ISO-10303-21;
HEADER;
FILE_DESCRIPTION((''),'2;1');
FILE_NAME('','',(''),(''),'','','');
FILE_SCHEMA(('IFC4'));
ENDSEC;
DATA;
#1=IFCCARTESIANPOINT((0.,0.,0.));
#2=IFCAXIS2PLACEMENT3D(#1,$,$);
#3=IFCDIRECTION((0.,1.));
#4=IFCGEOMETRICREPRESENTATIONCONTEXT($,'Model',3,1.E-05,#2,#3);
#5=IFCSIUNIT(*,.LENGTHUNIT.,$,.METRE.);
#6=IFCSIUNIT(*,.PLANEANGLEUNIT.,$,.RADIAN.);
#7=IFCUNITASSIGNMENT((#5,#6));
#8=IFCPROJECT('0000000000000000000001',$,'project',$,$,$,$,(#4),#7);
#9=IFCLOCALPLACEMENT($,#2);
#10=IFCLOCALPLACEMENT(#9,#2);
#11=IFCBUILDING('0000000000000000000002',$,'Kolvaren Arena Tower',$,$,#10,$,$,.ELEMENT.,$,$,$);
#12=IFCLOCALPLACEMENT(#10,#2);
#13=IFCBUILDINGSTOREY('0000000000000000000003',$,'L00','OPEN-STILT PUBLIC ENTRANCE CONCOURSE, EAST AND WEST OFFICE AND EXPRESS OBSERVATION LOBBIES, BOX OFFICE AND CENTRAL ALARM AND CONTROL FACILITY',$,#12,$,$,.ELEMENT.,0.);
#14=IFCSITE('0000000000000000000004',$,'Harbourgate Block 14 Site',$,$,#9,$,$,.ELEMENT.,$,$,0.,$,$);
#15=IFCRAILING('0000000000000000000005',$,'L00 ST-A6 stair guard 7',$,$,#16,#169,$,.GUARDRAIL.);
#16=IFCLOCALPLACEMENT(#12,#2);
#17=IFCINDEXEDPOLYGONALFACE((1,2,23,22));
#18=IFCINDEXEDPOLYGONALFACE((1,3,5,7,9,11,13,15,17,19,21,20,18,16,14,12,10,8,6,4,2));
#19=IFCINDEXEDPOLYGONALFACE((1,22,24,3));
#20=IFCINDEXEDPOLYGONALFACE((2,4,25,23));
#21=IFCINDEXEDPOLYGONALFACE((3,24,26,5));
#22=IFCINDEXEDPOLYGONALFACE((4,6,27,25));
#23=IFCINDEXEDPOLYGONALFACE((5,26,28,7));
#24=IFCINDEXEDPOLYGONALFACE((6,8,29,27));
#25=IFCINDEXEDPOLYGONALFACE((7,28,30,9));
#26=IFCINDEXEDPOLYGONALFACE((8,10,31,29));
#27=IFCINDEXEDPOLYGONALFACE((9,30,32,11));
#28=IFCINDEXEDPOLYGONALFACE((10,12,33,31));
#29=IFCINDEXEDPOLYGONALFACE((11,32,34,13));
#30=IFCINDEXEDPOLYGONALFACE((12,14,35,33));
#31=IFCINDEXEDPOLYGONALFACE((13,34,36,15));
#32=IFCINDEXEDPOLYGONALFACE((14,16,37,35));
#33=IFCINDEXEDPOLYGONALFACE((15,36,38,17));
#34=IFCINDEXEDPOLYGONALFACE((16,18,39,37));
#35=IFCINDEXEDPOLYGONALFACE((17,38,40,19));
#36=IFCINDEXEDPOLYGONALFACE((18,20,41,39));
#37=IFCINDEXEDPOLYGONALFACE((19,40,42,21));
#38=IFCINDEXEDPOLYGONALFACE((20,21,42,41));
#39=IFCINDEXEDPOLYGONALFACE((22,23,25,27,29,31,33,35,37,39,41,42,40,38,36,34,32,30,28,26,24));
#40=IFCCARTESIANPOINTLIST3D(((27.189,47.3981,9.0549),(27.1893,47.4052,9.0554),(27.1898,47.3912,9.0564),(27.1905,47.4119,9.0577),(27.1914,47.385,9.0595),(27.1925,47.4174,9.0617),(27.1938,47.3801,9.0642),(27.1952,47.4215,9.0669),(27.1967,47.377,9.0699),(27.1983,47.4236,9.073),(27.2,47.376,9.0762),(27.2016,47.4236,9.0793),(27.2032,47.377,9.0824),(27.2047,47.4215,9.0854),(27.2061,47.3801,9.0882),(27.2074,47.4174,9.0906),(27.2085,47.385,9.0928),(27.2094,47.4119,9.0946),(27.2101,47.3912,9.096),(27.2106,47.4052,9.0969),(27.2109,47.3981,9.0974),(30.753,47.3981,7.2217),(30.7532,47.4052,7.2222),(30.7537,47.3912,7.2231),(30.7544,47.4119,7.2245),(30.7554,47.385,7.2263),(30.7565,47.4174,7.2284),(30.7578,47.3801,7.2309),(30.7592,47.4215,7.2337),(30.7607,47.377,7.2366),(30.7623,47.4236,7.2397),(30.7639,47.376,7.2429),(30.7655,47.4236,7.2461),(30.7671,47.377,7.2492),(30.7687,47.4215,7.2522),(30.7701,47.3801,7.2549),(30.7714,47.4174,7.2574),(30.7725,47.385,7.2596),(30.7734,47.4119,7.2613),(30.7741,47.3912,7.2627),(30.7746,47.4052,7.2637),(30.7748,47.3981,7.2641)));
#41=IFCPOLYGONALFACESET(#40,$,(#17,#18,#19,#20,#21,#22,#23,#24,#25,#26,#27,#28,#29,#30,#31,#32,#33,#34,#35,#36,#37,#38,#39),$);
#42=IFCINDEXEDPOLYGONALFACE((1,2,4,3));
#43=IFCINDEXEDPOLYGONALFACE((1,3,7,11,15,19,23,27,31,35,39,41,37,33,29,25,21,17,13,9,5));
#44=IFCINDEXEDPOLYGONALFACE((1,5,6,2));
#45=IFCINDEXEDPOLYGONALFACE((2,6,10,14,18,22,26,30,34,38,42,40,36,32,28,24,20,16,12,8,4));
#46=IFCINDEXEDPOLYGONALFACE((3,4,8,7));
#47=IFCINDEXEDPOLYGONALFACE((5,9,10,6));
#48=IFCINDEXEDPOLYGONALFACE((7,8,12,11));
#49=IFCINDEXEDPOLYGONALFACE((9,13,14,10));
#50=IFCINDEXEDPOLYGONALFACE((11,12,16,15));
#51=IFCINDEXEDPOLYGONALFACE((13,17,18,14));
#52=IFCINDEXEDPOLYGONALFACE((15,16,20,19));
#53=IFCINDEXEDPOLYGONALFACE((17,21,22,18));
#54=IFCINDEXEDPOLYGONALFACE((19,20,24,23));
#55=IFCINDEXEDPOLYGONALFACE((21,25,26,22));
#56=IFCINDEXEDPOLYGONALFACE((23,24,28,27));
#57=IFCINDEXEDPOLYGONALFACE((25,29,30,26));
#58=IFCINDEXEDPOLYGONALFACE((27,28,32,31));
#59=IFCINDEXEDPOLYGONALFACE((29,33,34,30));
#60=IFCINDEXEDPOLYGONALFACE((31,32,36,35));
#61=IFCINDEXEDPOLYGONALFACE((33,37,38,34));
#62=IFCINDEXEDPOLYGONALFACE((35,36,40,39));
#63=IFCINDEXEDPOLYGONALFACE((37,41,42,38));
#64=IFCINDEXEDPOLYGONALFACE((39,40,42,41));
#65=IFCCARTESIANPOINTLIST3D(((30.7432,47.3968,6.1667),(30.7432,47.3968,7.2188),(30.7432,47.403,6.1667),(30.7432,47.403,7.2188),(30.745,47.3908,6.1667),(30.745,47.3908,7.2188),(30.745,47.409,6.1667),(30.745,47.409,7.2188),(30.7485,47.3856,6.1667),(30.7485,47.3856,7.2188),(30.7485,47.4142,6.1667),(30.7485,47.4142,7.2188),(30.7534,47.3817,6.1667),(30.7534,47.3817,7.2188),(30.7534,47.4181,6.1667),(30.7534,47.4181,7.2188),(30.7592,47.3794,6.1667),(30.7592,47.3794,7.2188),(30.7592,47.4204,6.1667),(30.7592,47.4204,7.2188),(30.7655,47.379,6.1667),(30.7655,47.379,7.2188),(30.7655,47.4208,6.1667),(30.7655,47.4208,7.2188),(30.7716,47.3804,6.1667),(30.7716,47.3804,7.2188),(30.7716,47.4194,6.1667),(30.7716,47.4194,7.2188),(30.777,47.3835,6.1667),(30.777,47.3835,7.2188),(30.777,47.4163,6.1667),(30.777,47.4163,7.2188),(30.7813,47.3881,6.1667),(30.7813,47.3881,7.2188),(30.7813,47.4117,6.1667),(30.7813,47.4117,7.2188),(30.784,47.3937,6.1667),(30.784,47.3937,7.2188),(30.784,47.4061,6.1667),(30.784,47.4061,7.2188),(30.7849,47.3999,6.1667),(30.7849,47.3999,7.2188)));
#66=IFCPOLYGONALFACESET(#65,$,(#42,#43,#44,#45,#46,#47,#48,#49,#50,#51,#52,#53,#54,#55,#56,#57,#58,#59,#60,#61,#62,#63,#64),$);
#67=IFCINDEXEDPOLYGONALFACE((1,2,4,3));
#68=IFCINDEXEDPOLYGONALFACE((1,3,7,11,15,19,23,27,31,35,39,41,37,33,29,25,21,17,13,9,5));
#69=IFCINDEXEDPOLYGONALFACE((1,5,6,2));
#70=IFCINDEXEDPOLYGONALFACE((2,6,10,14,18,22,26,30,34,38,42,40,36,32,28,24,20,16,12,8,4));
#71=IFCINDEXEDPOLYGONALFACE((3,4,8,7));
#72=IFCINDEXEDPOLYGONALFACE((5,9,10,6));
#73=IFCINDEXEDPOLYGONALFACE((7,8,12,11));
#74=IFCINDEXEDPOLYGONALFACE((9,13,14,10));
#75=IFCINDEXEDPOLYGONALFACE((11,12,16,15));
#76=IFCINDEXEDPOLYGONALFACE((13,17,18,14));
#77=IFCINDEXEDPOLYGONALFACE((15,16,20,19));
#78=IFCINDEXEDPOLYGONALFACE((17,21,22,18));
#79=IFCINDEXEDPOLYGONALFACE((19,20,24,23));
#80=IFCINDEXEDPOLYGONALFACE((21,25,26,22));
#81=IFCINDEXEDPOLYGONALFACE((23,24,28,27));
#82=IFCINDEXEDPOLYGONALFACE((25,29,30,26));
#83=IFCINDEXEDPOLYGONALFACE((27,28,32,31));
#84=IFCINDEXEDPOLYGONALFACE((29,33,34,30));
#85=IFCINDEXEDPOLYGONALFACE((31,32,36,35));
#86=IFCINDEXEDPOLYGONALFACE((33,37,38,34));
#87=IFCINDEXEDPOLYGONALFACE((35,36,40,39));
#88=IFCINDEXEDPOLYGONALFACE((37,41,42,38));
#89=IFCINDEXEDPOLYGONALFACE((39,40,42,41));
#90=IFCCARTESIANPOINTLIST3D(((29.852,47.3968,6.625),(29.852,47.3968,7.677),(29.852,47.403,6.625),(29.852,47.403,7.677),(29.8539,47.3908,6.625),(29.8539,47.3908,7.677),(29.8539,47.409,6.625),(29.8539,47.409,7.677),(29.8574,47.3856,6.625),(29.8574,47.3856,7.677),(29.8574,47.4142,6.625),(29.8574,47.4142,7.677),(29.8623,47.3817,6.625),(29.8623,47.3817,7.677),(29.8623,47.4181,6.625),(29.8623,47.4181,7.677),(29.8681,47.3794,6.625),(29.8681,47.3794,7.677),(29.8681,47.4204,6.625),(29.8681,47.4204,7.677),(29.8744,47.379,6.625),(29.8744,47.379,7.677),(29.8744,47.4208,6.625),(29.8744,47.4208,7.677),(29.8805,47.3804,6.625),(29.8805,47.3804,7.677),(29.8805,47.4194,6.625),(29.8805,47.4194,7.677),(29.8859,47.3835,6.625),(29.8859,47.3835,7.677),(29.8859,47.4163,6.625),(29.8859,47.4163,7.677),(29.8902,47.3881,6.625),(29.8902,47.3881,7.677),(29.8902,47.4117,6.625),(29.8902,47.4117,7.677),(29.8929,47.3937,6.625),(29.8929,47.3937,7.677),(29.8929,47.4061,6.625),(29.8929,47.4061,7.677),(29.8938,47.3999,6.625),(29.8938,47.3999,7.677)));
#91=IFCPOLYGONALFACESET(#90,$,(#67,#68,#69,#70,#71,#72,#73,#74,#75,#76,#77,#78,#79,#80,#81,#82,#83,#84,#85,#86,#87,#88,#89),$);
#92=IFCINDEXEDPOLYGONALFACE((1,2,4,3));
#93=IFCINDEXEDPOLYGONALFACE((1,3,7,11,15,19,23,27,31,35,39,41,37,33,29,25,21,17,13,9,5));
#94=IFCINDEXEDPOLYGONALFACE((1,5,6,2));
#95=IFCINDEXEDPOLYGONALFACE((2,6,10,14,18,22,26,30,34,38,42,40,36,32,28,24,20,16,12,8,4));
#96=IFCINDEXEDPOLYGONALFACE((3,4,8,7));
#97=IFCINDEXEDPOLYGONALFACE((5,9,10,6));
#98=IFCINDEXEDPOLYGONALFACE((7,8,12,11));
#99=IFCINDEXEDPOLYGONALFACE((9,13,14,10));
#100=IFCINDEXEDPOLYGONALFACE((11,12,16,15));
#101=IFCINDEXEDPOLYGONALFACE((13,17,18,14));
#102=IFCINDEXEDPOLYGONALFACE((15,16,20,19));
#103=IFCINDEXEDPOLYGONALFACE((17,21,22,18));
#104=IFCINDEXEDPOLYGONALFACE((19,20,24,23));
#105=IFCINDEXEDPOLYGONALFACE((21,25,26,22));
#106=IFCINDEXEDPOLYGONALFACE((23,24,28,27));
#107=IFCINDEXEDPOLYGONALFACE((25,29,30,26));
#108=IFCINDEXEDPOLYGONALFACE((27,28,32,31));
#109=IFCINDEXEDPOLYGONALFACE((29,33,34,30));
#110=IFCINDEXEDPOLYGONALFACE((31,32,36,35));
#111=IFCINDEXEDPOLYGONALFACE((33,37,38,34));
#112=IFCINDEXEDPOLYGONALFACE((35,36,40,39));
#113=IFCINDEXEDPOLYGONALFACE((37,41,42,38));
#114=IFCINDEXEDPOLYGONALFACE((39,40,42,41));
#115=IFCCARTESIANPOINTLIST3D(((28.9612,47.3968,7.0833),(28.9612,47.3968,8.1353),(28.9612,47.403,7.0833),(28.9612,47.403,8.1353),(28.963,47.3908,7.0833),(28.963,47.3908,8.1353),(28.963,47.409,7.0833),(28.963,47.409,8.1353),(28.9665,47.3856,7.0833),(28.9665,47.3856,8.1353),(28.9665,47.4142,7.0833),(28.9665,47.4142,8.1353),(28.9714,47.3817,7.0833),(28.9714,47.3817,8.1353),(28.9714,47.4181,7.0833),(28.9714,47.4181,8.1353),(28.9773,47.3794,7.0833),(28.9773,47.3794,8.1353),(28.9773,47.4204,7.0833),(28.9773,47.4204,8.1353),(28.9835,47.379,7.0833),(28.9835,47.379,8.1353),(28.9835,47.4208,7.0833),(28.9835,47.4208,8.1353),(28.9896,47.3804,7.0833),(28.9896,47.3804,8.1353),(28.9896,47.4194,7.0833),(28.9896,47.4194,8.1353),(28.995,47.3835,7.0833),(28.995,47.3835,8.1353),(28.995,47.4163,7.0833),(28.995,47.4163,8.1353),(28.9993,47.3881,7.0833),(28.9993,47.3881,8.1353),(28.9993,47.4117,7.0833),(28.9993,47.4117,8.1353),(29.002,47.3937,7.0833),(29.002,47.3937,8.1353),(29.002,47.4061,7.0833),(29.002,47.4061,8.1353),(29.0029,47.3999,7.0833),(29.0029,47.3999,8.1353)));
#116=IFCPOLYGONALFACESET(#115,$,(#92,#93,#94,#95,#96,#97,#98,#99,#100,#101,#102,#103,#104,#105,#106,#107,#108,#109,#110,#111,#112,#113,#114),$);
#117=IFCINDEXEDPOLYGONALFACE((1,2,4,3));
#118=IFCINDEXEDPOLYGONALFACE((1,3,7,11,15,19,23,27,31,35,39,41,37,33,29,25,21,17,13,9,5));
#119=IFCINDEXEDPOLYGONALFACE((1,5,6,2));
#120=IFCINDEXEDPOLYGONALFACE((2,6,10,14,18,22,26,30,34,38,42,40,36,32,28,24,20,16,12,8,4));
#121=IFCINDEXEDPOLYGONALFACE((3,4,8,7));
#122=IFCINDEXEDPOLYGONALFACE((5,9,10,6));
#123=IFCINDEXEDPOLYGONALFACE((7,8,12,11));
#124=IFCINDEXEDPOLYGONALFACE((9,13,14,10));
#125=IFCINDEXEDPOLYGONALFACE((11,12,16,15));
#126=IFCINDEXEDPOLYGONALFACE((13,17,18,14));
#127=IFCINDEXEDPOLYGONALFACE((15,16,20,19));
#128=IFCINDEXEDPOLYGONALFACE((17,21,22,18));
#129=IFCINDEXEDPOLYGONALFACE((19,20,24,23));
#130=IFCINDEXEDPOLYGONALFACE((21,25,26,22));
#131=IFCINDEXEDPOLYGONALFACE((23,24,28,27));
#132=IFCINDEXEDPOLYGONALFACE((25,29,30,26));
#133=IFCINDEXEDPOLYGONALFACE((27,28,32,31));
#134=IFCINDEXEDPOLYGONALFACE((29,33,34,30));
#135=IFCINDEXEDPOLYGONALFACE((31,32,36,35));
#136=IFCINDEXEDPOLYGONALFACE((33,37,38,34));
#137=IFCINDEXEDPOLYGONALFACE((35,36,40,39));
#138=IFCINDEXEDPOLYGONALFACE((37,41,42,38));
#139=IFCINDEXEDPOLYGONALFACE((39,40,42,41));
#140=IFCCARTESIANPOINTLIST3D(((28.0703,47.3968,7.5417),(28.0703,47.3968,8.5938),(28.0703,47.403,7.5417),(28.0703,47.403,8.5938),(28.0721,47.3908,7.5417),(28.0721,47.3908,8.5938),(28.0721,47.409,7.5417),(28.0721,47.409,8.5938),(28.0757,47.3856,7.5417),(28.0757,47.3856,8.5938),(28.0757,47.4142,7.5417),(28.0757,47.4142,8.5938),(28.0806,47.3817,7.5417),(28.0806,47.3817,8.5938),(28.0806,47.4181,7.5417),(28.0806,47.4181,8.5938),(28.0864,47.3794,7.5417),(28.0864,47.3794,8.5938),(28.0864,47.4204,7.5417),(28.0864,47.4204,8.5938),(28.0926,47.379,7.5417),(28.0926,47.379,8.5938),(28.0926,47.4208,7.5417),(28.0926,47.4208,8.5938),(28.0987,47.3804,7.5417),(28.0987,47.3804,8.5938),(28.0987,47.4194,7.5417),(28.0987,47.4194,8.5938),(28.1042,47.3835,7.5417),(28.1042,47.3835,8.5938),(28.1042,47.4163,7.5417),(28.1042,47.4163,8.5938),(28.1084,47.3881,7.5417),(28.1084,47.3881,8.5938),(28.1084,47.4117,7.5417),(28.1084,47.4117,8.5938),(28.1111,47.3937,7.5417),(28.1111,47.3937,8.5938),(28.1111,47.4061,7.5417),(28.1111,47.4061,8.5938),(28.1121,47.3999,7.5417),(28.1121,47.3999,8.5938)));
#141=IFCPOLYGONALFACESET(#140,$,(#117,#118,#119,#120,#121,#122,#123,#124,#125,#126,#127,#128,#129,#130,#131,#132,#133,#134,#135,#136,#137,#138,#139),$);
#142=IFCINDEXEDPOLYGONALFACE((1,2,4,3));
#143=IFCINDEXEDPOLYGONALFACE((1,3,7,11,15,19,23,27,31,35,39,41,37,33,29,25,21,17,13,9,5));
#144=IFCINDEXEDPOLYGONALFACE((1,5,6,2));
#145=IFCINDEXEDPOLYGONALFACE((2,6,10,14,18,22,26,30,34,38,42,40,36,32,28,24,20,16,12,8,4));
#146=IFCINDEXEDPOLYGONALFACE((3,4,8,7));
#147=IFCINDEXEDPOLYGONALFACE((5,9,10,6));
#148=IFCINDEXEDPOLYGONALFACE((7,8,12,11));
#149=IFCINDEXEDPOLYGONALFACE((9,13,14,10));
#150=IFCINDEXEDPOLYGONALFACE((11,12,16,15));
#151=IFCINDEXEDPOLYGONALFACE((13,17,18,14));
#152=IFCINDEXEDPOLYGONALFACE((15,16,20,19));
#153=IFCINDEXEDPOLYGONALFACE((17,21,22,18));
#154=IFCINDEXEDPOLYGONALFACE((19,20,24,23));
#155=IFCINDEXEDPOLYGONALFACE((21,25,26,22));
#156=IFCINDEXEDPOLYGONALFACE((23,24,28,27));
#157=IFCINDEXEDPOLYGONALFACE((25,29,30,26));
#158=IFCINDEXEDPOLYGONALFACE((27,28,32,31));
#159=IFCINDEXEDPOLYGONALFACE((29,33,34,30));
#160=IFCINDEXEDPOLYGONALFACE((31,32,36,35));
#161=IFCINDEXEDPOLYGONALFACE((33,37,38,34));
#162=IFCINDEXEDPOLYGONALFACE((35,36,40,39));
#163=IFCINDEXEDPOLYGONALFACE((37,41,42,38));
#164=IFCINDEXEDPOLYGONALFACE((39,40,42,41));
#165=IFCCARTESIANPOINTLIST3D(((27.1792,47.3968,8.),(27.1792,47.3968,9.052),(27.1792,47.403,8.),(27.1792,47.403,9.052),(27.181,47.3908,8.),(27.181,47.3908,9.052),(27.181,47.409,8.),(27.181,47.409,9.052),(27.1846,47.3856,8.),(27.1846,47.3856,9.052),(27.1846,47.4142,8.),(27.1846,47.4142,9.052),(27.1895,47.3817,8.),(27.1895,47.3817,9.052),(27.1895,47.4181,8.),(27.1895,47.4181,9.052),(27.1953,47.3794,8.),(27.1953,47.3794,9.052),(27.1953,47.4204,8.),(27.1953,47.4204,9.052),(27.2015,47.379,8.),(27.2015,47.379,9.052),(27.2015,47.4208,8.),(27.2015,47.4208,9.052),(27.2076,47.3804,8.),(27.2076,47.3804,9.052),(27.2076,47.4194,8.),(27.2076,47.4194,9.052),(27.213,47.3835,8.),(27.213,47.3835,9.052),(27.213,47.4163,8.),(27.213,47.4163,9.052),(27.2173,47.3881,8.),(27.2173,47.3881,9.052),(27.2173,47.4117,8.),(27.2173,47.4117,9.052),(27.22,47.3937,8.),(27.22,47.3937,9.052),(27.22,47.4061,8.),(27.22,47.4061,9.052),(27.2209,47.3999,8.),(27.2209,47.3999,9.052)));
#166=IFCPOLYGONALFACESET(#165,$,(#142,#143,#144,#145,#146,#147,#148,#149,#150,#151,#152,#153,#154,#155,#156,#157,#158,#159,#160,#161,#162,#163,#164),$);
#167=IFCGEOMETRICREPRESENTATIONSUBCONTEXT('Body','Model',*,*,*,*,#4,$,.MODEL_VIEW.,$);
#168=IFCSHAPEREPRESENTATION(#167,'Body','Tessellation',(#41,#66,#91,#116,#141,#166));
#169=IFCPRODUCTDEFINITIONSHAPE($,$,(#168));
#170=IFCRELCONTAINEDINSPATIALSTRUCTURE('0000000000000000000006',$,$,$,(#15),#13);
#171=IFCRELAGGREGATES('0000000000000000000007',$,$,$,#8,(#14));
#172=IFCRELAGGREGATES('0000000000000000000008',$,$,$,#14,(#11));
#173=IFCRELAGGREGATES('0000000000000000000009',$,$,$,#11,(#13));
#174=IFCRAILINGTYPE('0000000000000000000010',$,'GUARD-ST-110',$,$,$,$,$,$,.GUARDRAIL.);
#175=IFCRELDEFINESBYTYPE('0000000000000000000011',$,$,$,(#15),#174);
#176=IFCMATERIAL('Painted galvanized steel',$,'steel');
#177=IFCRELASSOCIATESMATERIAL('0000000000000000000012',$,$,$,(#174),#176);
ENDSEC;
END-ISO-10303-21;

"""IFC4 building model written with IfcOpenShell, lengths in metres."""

from ifc_helpers import new_model, si_unit, direction, frame, origin, origin_2d, place, context, subcontext, project, spatial, circle, extrude, material, type_object, element, save


model = new_model("IFC4")

# Units and contexts
model_context = context("Model", 3, precision=1e-05, world=origin(), true_north=direction((0.0, 1.0)))
body_context = subcontext(model_context, "Body", "Model", "MODEL_VIEW")
ifc_project = project(units=[si_unit("LENGTHUNIT", "METRE"), si_unit("PLANEANGLEUNIT", "RADIAN")], contexts=[model_context])

# Site, building, storey
site_placement = place(None, origin())
site = spatial("IfcSite", under=ifc_project, at=site_placement, Name="Harbourgate Block 14 Site", CompositionType="ELEMENT", RefElevation=0.0)
building_placement = place(site_placement, origin())
building = spatial("IfcBuilding", under=site, at=building_placement, Name="Kolvaren Arena Tower", CompositionType="ELEMENT")
storey_placement = place(building_placement, origin())
storey = spatial("IfcBuildingStorey", under=building, at=storey_placement, Name="L00", Description="OPEN-STILT PUBLIC ENTRANCE CONCOURSE, EAST AND WEST OFFICE AND EXPRESS OBSERVATION LOBBIES, BOX OFFICE AND CENTRAL ALARM AND CONTROL FACILITY", CompositionType="ELEMENT", Elevation=0.0)

# Railing
ifc_material_1 = material(Name="Painted galvanized steel", Category="steel")
railing_type_1 = type_object("IfcRailingType", Name="GUARD-ST-110", PredefinedType="GUARDRAIL", material=ifc_material_1)
railing_1_placement = place(storey_placement, frame((30.7639, 47.3999, 6.1667)))
element("IfcRailing", 1, at=railing_1_placement, inside=storey, type_object=railing_type_1, Name="L00 ST-A6 stair guard 7", PredefinedType="GUARDRAIL", context=body_context, shape_type="SweptSolid", body=[
    extrude(circle(Radius=0.0239, at=origin_2d()), frame((0.0, 0.0, 1.0762), z_axis=(-0.889252, 0.0, 0.457418), x_axis=(0.0, -1.0, 0.0)), (0.0, 0.0, 1.0), 4.0078),
    extrude(circle(Radius=0.021, at=origin_2d()), origin(), (0.0, 0.0, 1.0), 1.052),
    extrude(circle(Radius=0.021, at=origin_2d()), frame((-0.8911, 0.0, 0.4583)), (0.0, 0.0, 1.0), 1.052),
    extrude(circle(Radius=0.021, at=origin_2d()), frame((-1.782, 0.0, 0.9165)), (0.0, 0.0, 1.0), 1.052),
    extrude(circle(Radius=0.021, at=origin_2d()), frame((-2.6729, 0.0, 1.375)), (0.0, 0.0, 1.0), 1.052),
    extrude(circle(Radius=0.021, at=origin_2d()), frame((-3.564, 0.0, 1.8333)), (0.0, 0.0, 1.0), 1.052),
])

save(model, "model.ifc")
